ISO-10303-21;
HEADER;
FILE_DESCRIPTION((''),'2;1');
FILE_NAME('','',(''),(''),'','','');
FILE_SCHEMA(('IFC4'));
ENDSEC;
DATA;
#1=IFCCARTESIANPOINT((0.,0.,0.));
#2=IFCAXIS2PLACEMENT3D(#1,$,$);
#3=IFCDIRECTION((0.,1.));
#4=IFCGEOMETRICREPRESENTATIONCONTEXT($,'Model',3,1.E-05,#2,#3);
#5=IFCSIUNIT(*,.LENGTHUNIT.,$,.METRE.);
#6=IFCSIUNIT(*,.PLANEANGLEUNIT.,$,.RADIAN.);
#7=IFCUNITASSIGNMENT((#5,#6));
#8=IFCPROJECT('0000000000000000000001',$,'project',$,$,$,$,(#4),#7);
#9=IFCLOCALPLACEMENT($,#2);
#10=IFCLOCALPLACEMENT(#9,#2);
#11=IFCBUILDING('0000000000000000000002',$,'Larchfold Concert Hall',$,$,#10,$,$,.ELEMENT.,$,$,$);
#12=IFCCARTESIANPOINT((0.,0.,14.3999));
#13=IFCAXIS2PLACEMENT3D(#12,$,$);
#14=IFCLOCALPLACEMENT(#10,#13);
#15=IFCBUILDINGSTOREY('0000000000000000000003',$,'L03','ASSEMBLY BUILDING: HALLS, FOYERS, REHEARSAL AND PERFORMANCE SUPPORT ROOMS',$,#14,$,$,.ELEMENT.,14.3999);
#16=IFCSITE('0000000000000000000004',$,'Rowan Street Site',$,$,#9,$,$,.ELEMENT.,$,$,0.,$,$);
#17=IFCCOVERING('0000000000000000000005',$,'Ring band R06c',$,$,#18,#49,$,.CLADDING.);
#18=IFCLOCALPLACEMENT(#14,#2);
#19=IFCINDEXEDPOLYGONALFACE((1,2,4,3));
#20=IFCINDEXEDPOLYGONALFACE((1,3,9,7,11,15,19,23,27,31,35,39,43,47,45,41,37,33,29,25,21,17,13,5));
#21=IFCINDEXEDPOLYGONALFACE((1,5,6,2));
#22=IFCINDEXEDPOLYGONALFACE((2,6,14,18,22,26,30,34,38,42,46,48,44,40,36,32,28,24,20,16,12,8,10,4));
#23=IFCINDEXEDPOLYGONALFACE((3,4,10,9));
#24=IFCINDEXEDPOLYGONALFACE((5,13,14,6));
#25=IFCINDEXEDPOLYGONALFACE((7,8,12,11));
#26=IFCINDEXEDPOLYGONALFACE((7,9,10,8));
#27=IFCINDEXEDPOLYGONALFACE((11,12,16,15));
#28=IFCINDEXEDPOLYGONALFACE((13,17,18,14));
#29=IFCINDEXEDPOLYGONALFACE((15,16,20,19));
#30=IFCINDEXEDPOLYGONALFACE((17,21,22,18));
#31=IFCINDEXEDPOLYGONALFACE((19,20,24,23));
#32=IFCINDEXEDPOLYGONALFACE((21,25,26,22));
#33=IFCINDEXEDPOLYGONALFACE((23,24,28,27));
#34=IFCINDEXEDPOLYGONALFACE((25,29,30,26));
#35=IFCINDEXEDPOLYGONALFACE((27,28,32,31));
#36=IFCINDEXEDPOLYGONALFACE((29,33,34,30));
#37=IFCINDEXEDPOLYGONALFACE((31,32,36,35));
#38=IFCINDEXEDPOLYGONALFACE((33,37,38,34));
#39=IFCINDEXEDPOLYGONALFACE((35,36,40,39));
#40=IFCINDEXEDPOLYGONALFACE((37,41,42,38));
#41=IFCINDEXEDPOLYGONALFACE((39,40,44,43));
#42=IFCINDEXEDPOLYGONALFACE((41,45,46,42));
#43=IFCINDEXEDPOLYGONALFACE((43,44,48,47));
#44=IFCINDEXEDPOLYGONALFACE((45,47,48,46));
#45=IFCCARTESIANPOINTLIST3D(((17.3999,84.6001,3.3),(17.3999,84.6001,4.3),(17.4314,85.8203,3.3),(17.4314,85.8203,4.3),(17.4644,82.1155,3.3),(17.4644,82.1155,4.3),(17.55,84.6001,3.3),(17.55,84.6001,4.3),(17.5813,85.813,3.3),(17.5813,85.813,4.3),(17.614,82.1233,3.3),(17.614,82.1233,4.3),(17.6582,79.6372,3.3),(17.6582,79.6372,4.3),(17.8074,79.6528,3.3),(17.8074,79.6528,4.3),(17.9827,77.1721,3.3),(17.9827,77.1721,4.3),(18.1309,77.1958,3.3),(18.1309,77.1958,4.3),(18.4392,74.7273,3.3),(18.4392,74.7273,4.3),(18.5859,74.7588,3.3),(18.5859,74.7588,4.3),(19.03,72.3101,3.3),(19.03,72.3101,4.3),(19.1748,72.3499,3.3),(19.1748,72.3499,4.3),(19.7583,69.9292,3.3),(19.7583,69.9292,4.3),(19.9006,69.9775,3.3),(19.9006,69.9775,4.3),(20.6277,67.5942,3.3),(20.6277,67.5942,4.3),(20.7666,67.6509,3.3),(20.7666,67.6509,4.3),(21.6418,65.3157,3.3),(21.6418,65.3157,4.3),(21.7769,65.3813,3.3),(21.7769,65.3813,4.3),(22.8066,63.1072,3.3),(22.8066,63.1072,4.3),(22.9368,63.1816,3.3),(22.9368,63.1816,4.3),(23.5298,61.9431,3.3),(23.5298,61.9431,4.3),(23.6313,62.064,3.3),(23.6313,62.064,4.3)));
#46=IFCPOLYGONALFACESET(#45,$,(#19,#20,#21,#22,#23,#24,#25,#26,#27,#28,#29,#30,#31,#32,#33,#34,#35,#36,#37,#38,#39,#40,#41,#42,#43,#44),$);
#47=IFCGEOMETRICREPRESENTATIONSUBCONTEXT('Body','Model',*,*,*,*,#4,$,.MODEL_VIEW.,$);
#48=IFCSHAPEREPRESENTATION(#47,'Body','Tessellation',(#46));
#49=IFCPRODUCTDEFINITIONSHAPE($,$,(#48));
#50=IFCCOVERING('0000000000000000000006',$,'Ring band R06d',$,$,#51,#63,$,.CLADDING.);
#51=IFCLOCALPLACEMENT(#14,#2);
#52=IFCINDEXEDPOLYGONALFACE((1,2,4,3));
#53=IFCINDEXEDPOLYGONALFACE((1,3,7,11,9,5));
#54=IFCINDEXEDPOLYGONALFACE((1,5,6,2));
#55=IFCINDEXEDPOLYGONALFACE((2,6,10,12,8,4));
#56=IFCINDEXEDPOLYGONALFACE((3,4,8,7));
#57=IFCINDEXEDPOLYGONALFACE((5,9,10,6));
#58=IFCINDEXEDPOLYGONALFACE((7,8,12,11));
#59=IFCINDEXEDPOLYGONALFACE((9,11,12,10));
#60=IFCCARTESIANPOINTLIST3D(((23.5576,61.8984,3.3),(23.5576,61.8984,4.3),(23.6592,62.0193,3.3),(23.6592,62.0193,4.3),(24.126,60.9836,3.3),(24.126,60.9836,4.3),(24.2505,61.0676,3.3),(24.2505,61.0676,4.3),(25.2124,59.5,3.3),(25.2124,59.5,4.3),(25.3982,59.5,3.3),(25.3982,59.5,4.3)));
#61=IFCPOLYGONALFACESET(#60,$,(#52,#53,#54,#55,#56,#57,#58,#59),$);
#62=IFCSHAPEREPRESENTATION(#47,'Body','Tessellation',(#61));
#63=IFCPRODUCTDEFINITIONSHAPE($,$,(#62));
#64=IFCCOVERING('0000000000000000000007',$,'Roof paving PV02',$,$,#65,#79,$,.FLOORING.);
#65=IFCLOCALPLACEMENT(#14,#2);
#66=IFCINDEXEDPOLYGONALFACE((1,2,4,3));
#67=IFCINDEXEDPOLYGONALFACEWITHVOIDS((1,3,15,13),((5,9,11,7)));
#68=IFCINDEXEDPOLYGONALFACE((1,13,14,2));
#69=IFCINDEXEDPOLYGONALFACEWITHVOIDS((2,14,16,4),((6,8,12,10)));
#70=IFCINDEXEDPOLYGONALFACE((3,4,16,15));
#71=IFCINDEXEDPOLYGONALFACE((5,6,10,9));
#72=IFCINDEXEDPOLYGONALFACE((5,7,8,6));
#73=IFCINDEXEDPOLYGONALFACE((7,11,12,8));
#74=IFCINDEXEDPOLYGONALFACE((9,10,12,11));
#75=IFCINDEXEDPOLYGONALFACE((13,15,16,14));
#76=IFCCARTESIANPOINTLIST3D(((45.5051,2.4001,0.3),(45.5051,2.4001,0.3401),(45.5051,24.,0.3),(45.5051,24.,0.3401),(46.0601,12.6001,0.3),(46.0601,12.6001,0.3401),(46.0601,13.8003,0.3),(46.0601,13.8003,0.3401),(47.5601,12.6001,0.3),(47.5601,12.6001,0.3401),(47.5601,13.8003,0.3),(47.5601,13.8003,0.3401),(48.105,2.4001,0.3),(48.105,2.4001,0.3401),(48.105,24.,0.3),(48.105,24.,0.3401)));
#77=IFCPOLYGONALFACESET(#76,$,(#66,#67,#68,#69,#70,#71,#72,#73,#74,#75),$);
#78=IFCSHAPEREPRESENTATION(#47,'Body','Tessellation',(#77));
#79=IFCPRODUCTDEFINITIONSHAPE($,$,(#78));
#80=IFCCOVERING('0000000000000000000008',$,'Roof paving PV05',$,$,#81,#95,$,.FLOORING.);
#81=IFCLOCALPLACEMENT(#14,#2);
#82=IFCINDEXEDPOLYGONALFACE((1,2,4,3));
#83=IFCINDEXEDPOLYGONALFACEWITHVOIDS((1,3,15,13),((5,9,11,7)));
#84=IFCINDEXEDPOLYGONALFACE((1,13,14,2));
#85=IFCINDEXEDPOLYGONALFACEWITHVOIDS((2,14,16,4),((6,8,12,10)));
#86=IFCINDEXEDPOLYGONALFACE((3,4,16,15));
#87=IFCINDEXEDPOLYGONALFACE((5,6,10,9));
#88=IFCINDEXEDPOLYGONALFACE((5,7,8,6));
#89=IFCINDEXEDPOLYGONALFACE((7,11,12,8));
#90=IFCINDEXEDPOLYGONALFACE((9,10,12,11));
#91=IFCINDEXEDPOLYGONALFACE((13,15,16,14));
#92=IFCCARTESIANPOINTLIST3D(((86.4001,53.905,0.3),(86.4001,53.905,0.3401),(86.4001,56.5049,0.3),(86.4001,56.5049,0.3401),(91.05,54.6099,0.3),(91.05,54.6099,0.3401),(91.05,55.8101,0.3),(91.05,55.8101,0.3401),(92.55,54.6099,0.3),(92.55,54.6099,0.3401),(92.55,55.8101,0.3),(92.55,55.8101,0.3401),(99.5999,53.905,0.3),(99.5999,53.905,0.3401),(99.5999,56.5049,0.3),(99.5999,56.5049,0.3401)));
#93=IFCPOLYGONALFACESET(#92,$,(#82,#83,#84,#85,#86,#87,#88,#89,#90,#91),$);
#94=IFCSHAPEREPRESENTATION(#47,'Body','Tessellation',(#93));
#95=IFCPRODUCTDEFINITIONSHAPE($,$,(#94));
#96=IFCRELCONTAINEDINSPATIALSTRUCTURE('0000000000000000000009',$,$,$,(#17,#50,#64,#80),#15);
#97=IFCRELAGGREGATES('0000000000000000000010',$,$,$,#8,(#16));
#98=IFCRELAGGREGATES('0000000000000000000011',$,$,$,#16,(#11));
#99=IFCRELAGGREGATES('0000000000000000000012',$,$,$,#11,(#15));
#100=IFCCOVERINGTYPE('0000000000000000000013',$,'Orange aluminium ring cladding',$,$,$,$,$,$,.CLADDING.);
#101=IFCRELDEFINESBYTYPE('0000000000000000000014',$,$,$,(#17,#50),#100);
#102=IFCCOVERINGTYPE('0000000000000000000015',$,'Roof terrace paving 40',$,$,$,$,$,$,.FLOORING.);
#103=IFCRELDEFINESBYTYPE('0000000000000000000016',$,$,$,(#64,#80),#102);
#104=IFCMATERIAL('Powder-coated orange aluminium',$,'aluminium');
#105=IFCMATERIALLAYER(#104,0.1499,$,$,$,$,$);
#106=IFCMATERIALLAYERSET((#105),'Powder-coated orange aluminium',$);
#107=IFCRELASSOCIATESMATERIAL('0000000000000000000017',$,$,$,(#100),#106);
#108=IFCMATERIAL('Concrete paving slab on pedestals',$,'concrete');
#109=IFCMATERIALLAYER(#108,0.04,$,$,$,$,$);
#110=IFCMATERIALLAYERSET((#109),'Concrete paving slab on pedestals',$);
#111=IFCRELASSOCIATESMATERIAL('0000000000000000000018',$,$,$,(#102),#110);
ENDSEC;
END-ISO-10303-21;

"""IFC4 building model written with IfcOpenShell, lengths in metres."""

from ifc_helpers import new_model, si_unit, direction, frame, origin, place, context, subcontext, project, spatial, polyline, outline, extrude, material, layer, layer_set, type_object, element, save


model = new_model("IFC4")

# Units and contexts
model_context = context("Model", 3, precision=1e-05, world=origin(), true_north=direction((0.0, 1.0)))
body_context = subcontext(model_context, "Body", "Model", "MODEL_VIEW")
ifc_project = project(units=[si_unit("LENGTHUNIT", "METRE"), si_unit("PLANEANGLEUNIT", "RADIAN")], contexts=[model_context])

# Site, building, storey
site_placement = place(None, origin())
site = spatial("IfcSite", under=ifc_project, at=site_placement, Name="Rowan Street Site", CompositionType="ELEMENT", RefElevation=0.0)
building_placement = place(site_placement, origin())
building = spatial("IfcBuilding", under=site, at=building_placement, Name="Larchfold Concert Hall", CompositionType="ELEMENT")
storey_placement = place(building_placement, frame((0.0, 0.0, 14.3999)))
storey = spatial("IfcBuildingStorey", under=building, at=storey_placement, Name="L03", Description="ASSEMBLY BUILDING: HALLS, FOYERS, REHEARSAL AND PERFORMANCE SUPPORT ROOMS", CompositionType="ELEMENT", Elevation=14.3999)

# Coverings
ifc_material_1 = material(Name="Powder-coated orange aluminium", Category="aluminium")
ifc_layer_1 = layer(ifc_material_1, 0.1499)
ifc_layer_set_1 = layer_set([ifc_layer_1], Name="Powder-coated orange aluminium")
covering_type_1 = type_object("IfcCoveringType", Name="Orange aluminium ring cladding", PredefinedType="CLADDING", material=ifc_layer_set_1)
covering_1_placement = place(storey_placement, frame((0.0, 0.0, 3.3)))
element("IfcCovering", 1, at=covering_1_placement, inside=storey, type_object=covering_type_1, Name="Ring band R06c", PredefinedType="CLADDING", context=body_context, shape_type="SweptSolid", body=[
    extrude(outline(polyline([(17.55, 84.6001), (17.5813, 85.813), (17.4314, 85.8203), (17.3999, 84.6001), (17.4644, 82.1155), (17.6582, 79.6372), (17.9827, 77.1721), (18.4392, 74.7273), (19.03, 72.3101), (19.7583, 69.9292), (20.6277, 67.5942), (21.6418, 65.3157), (22.8066, 63.1072), (23.5298, 61.9431), (23.6313, 62.064), (22.9368, 63.1816), (21.7769, 65.3813), (20.7666, 67.6509), (19.9006, 69.9775), (19.1748, 72.3499), (18.5859, 74.7588), (18.1309, 77.1958), (17.8074, 79.6528), (17.614, 82.1233), (17.55, 84.6001)])), origin(), (0.0, 0.0, 1.0), 1.0),
])
covering_2_placement = place(storey_placement, frame((0.0, 0.0, 3.3)))
element("IfcCovering", 2, at=covering_2_placement, inside=storey, type_object=covering_type_1, Name="Ring band R06d", PredefinedType="CLADDING", context=body_context, shape_type="SweptSolid", body=[
    extrude(outline(polyline([(23.6592, 62.0193), (23.5576, 61.8984), (24.126, 60.9836), (25.2124, 59.5), (25.3982, 59.5), (24.2505, 61.0676), (23.6592, 62.0193)])), origin(), (0.0, 0.0, 1.0), 1.0),
])
ifc_material_2 = material(Name="Concrete paving slab on pedestals", Category="concrete")
ifc_layer_2 = layer(ifc_material_2, 0.04)
ifc_layer_set_2 = layer_set([ifc_layer_2], Name="Concrete paving slab on pedestals")
covering_type_2 = type_object("IfcCoveringType", Name="Roof terrace paving 40", PredefinedType="FLOORING", material=ifc_layer_set_2)
covering_3_placement = place(storey_placement, frame((0.0, 0.0, 0.3)))
element("IfcCovering", 3, at=covering_3_placement, inside=storey, type_object=covering_type_2, Name="Roof paving PV02", PredefinedType="FLOORING", context=body_context, shape_type="SweptSolid", body=[
    extrude(outline(polyline([(48.105, 2.4001), (48.105, 24.0), (45.5051, 24.0), (45.5051, 2.4001), (48.105, 2.4001)]), holes=[polyline([(47.5601, 13.8003), (46.0601, 13.8003), (46.0601, 12.6001), (47.5601, 12.6001), (47.5601, 13.8003)])]), origin(), (0.0, 0.0, 1.0), 0.04),
])
covering_4_placement = place(storey_placement, frame((0.0, 0.0, 0.3)))
element("IfcCovering", 4, at=covering_4_placement, inside=storey, type_object=covering_type_2, Name="Roof paving PV05", PredefinedType="FLOORING", context=body_context, shape_type="SweptSolid", body=[
    extrude(outline(polyline([(99.5999, 56.5049), (86.4001, 56.5049), (86.4001, 53.905), (99.5999, 53.905), (99.5999, 56.5049)]), holes=[polyline([(92.55, 55.8101), (91.05, 55.8101), (91.05, 54.6099), (92.55, 54.6099), (92.55, 55.8101)])]), origin(), (0.0, 0.0, 1.0), 0.04),
])

save(model, "model.ifc")
